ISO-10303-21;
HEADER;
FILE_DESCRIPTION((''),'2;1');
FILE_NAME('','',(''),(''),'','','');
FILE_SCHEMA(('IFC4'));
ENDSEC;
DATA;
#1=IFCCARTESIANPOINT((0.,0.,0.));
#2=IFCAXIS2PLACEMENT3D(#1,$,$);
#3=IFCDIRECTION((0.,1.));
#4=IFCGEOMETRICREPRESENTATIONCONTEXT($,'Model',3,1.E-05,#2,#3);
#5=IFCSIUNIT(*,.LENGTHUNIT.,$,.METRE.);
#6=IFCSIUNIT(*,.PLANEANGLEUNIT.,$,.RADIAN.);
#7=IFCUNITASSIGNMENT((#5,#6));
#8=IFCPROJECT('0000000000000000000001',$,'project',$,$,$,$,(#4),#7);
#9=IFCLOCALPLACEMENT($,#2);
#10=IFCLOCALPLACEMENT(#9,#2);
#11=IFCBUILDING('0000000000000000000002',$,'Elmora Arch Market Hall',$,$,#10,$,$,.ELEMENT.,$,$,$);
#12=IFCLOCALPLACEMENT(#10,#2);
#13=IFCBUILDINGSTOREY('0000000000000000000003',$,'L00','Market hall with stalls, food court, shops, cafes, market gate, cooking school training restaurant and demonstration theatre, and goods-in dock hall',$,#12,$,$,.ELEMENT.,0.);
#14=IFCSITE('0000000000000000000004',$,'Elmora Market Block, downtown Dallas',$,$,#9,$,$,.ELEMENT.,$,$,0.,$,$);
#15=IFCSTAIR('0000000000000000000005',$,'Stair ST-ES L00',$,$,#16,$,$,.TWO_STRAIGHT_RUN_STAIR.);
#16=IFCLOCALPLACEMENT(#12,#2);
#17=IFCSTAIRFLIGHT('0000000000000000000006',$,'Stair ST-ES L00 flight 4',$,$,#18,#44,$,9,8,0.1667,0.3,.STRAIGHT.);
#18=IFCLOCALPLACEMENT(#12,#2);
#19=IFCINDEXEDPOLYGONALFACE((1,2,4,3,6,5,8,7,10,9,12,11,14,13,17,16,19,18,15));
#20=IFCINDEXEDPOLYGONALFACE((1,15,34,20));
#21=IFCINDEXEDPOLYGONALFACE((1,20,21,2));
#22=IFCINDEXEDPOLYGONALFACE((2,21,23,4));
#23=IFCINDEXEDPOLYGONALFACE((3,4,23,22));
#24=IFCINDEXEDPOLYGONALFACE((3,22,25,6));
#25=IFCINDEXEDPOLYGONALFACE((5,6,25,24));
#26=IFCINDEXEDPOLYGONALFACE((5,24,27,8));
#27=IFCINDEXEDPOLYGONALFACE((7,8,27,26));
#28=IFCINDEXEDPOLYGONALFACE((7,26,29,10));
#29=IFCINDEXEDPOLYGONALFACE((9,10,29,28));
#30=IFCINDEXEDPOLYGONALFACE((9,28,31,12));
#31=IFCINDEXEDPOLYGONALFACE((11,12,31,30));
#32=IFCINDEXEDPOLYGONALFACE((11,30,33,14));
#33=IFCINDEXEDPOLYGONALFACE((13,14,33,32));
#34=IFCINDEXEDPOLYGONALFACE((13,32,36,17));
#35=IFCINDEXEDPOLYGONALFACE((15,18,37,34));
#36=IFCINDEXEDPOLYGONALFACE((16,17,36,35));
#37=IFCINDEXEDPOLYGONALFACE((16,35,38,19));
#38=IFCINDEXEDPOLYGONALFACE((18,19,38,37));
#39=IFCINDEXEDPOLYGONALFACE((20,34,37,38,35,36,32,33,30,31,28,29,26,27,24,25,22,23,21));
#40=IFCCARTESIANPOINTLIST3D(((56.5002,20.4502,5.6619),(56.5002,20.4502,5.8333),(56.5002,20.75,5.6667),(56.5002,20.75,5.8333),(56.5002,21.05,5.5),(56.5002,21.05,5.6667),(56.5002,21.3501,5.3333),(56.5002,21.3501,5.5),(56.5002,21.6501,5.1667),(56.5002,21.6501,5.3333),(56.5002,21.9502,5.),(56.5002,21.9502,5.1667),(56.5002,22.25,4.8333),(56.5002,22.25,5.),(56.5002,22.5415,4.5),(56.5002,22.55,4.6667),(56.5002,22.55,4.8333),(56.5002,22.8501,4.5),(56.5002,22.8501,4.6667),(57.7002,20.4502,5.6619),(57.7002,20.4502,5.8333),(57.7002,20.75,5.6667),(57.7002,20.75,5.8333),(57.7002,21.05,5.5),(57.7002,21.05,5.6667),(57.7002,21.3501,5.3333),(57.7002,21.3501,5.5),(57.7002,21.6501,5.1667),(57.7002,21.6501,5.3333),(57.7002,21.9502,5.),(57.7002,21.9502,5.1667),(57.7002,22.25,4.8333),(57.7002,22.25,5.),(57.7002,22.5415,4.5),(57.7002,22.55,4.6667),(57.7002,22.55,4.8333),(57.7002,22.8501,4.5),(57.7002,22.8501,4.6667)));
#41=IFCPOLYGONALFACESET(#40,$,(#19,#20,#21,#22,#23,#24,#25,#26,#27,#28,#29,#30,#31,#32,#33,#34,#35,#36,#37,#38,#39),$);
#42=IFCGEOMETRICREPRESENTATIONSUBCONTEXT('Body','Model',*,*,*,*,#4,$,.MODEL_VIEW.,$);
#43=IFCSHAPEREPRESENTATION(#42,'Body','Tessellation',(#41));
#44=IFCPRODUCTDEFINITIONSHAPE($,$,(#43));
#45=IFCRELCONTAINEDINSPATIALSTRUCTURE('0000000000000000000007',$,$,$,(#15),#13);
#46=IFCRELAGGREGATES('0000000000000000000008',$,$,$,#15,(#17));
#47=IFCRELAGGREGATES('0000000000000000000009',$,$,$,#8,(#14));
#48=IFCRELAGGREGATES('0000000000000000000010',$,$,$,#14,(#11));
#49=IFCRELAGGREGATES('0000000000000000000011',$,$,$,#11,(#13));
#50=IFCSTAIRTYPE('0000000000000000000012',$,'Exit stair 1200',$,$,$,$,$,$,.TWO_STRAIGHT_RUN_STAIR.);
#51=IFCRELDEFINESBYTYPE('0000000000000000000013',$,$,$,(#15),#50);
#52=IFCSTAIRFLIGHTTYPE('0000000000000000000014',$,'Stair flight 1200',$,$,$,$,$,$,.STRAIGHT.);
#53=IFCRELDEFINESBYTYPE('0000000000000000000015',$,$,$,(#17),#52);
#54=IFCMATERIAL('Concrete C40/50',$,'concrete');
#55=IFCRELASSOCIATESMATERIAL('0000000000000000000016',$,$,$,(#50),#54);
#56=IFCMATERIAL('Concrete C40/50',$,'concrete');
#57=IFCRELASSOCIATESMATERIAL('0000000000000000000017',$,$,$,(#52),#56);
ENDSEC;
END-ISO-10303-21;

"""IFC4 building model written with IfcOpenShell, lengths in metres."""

from ifc_helpers import new_model, si_unit, direction, frame, origin, place, context, subcontext, project, spatial, polyline, outline, extrude, material, type_object, element, aggregate, save


model = new_model("IFC4")

# Units and contexts
model_context = context("Model", 3, precision=1e-05, world=origin(), true_north=direction((0.0, 1.0)))
body_context = subcontext(model_context, "Body", "Model", "MODEL_VIEW")
ifc_project = project(units=[si_unit("LENGTHUNIT", "METRE"), si_unit("PLANEANGLEUNIT", "RADIAN")], contexts=[model_context])

# Site, building, storey
site_placement = place(None, origin())
site = spatial("IfcSite", under=ifc_project, at=site_placement, Name="Elmora Market Block, downtown Dallas", CompositionType="ELEMENT", RefElevation=0.0)
building_placement = place(site_placement, origin())
building = spatial("IfcBuilding", under=site, at=building_placement, Name="Elmora Arch Market Hall", CompositionType="ELEMENT")
storey_placement = place(building_placement, origin())
storey = spatial("IfcBuildingStorey", under=building, at=storey_placement, Name="L00", Description="Market hall with stalls, food court, shops, cafes, market gate, cooking school training restaurant and demonstration theatre, and goods-in dock hall", CompositionType="ELEMENT", Elevation=0.0)

# Stair, stair flight
ifc_material_1 = material(Name="Concrete C40/50", Category="concrete")
stair_type = type_object("IfcStairType", Name="Exit stair 1200", PredefinedType="TWO_STRAIGHT_RUN_STAIR", material=ifc_material_1)
stair_placement = place(storey_placement, origin())
stair = element("IfcStair", 1, at=stair_placement, inside=storey, type_object=stair_type, Name="Stair ST-ES L00", PredefinedType="TWO_STRAIGHT_RUN_STAIR")
ifc_material_2 = material(Name="Concrete C40/50", Category="concrete")
stair_flight_type = type_object("IfcStairFlightType", Name="Stair flight 1200", PredefinedType="STRAIGHT", material=ifc_material_2)
stair_flight_1_placement = place(storey_placement, frame((57.1001, 22.8501, 4.5), z_axis=(0.0, 0.0, 1.0), x_axis=(0.0, -1.0, 0.0)))
stair_flight_1 = element("IfcStairFlight", 2, at=stair_flight_1_placement, type_object=stair_flight_type, Name="Stair ST-ES L00 flight 4", NumberOfRisers=9, NumberOfTreads=8, PredefinedType="STRAIGHT", RiserHeight=0.1667, TreadLength=0.3, context=body_context, shape_type="SweptSolid", body=[
    extrude(outline(polyline([(0.0, 0.0), (0.0, 0.1667), (0.3, 0.1667), (0.3, 0.3333), (0.6001, 0.3333), (0.6001, 0.5), (0.8999, 0.5), (0.8999, 0.6667), (1.2, 0.6667), (1.2, 0.8333), (1.5, 0.8333), (1.5, 1.0), (1.8, 1.0), (1.8, 1.1667), (2.1001, 1.1667), (2.1001, 1.3333), (2.3999, 1.3333), (2.3999, 1.5), (2.3999, 1.1619), (0.3086, 0.0), (0.0, 0.0)])), frame((0.0, 0.6001, 0.0), z_axis=(0.0, -1.0, 0.0), x_axis=(1.0, 0.0, 0.0)), (0.0, 0.0, 1.0), 1.2),
])
aggregate(stair, [stair_flight_1])

save(model, "model.ifc")
